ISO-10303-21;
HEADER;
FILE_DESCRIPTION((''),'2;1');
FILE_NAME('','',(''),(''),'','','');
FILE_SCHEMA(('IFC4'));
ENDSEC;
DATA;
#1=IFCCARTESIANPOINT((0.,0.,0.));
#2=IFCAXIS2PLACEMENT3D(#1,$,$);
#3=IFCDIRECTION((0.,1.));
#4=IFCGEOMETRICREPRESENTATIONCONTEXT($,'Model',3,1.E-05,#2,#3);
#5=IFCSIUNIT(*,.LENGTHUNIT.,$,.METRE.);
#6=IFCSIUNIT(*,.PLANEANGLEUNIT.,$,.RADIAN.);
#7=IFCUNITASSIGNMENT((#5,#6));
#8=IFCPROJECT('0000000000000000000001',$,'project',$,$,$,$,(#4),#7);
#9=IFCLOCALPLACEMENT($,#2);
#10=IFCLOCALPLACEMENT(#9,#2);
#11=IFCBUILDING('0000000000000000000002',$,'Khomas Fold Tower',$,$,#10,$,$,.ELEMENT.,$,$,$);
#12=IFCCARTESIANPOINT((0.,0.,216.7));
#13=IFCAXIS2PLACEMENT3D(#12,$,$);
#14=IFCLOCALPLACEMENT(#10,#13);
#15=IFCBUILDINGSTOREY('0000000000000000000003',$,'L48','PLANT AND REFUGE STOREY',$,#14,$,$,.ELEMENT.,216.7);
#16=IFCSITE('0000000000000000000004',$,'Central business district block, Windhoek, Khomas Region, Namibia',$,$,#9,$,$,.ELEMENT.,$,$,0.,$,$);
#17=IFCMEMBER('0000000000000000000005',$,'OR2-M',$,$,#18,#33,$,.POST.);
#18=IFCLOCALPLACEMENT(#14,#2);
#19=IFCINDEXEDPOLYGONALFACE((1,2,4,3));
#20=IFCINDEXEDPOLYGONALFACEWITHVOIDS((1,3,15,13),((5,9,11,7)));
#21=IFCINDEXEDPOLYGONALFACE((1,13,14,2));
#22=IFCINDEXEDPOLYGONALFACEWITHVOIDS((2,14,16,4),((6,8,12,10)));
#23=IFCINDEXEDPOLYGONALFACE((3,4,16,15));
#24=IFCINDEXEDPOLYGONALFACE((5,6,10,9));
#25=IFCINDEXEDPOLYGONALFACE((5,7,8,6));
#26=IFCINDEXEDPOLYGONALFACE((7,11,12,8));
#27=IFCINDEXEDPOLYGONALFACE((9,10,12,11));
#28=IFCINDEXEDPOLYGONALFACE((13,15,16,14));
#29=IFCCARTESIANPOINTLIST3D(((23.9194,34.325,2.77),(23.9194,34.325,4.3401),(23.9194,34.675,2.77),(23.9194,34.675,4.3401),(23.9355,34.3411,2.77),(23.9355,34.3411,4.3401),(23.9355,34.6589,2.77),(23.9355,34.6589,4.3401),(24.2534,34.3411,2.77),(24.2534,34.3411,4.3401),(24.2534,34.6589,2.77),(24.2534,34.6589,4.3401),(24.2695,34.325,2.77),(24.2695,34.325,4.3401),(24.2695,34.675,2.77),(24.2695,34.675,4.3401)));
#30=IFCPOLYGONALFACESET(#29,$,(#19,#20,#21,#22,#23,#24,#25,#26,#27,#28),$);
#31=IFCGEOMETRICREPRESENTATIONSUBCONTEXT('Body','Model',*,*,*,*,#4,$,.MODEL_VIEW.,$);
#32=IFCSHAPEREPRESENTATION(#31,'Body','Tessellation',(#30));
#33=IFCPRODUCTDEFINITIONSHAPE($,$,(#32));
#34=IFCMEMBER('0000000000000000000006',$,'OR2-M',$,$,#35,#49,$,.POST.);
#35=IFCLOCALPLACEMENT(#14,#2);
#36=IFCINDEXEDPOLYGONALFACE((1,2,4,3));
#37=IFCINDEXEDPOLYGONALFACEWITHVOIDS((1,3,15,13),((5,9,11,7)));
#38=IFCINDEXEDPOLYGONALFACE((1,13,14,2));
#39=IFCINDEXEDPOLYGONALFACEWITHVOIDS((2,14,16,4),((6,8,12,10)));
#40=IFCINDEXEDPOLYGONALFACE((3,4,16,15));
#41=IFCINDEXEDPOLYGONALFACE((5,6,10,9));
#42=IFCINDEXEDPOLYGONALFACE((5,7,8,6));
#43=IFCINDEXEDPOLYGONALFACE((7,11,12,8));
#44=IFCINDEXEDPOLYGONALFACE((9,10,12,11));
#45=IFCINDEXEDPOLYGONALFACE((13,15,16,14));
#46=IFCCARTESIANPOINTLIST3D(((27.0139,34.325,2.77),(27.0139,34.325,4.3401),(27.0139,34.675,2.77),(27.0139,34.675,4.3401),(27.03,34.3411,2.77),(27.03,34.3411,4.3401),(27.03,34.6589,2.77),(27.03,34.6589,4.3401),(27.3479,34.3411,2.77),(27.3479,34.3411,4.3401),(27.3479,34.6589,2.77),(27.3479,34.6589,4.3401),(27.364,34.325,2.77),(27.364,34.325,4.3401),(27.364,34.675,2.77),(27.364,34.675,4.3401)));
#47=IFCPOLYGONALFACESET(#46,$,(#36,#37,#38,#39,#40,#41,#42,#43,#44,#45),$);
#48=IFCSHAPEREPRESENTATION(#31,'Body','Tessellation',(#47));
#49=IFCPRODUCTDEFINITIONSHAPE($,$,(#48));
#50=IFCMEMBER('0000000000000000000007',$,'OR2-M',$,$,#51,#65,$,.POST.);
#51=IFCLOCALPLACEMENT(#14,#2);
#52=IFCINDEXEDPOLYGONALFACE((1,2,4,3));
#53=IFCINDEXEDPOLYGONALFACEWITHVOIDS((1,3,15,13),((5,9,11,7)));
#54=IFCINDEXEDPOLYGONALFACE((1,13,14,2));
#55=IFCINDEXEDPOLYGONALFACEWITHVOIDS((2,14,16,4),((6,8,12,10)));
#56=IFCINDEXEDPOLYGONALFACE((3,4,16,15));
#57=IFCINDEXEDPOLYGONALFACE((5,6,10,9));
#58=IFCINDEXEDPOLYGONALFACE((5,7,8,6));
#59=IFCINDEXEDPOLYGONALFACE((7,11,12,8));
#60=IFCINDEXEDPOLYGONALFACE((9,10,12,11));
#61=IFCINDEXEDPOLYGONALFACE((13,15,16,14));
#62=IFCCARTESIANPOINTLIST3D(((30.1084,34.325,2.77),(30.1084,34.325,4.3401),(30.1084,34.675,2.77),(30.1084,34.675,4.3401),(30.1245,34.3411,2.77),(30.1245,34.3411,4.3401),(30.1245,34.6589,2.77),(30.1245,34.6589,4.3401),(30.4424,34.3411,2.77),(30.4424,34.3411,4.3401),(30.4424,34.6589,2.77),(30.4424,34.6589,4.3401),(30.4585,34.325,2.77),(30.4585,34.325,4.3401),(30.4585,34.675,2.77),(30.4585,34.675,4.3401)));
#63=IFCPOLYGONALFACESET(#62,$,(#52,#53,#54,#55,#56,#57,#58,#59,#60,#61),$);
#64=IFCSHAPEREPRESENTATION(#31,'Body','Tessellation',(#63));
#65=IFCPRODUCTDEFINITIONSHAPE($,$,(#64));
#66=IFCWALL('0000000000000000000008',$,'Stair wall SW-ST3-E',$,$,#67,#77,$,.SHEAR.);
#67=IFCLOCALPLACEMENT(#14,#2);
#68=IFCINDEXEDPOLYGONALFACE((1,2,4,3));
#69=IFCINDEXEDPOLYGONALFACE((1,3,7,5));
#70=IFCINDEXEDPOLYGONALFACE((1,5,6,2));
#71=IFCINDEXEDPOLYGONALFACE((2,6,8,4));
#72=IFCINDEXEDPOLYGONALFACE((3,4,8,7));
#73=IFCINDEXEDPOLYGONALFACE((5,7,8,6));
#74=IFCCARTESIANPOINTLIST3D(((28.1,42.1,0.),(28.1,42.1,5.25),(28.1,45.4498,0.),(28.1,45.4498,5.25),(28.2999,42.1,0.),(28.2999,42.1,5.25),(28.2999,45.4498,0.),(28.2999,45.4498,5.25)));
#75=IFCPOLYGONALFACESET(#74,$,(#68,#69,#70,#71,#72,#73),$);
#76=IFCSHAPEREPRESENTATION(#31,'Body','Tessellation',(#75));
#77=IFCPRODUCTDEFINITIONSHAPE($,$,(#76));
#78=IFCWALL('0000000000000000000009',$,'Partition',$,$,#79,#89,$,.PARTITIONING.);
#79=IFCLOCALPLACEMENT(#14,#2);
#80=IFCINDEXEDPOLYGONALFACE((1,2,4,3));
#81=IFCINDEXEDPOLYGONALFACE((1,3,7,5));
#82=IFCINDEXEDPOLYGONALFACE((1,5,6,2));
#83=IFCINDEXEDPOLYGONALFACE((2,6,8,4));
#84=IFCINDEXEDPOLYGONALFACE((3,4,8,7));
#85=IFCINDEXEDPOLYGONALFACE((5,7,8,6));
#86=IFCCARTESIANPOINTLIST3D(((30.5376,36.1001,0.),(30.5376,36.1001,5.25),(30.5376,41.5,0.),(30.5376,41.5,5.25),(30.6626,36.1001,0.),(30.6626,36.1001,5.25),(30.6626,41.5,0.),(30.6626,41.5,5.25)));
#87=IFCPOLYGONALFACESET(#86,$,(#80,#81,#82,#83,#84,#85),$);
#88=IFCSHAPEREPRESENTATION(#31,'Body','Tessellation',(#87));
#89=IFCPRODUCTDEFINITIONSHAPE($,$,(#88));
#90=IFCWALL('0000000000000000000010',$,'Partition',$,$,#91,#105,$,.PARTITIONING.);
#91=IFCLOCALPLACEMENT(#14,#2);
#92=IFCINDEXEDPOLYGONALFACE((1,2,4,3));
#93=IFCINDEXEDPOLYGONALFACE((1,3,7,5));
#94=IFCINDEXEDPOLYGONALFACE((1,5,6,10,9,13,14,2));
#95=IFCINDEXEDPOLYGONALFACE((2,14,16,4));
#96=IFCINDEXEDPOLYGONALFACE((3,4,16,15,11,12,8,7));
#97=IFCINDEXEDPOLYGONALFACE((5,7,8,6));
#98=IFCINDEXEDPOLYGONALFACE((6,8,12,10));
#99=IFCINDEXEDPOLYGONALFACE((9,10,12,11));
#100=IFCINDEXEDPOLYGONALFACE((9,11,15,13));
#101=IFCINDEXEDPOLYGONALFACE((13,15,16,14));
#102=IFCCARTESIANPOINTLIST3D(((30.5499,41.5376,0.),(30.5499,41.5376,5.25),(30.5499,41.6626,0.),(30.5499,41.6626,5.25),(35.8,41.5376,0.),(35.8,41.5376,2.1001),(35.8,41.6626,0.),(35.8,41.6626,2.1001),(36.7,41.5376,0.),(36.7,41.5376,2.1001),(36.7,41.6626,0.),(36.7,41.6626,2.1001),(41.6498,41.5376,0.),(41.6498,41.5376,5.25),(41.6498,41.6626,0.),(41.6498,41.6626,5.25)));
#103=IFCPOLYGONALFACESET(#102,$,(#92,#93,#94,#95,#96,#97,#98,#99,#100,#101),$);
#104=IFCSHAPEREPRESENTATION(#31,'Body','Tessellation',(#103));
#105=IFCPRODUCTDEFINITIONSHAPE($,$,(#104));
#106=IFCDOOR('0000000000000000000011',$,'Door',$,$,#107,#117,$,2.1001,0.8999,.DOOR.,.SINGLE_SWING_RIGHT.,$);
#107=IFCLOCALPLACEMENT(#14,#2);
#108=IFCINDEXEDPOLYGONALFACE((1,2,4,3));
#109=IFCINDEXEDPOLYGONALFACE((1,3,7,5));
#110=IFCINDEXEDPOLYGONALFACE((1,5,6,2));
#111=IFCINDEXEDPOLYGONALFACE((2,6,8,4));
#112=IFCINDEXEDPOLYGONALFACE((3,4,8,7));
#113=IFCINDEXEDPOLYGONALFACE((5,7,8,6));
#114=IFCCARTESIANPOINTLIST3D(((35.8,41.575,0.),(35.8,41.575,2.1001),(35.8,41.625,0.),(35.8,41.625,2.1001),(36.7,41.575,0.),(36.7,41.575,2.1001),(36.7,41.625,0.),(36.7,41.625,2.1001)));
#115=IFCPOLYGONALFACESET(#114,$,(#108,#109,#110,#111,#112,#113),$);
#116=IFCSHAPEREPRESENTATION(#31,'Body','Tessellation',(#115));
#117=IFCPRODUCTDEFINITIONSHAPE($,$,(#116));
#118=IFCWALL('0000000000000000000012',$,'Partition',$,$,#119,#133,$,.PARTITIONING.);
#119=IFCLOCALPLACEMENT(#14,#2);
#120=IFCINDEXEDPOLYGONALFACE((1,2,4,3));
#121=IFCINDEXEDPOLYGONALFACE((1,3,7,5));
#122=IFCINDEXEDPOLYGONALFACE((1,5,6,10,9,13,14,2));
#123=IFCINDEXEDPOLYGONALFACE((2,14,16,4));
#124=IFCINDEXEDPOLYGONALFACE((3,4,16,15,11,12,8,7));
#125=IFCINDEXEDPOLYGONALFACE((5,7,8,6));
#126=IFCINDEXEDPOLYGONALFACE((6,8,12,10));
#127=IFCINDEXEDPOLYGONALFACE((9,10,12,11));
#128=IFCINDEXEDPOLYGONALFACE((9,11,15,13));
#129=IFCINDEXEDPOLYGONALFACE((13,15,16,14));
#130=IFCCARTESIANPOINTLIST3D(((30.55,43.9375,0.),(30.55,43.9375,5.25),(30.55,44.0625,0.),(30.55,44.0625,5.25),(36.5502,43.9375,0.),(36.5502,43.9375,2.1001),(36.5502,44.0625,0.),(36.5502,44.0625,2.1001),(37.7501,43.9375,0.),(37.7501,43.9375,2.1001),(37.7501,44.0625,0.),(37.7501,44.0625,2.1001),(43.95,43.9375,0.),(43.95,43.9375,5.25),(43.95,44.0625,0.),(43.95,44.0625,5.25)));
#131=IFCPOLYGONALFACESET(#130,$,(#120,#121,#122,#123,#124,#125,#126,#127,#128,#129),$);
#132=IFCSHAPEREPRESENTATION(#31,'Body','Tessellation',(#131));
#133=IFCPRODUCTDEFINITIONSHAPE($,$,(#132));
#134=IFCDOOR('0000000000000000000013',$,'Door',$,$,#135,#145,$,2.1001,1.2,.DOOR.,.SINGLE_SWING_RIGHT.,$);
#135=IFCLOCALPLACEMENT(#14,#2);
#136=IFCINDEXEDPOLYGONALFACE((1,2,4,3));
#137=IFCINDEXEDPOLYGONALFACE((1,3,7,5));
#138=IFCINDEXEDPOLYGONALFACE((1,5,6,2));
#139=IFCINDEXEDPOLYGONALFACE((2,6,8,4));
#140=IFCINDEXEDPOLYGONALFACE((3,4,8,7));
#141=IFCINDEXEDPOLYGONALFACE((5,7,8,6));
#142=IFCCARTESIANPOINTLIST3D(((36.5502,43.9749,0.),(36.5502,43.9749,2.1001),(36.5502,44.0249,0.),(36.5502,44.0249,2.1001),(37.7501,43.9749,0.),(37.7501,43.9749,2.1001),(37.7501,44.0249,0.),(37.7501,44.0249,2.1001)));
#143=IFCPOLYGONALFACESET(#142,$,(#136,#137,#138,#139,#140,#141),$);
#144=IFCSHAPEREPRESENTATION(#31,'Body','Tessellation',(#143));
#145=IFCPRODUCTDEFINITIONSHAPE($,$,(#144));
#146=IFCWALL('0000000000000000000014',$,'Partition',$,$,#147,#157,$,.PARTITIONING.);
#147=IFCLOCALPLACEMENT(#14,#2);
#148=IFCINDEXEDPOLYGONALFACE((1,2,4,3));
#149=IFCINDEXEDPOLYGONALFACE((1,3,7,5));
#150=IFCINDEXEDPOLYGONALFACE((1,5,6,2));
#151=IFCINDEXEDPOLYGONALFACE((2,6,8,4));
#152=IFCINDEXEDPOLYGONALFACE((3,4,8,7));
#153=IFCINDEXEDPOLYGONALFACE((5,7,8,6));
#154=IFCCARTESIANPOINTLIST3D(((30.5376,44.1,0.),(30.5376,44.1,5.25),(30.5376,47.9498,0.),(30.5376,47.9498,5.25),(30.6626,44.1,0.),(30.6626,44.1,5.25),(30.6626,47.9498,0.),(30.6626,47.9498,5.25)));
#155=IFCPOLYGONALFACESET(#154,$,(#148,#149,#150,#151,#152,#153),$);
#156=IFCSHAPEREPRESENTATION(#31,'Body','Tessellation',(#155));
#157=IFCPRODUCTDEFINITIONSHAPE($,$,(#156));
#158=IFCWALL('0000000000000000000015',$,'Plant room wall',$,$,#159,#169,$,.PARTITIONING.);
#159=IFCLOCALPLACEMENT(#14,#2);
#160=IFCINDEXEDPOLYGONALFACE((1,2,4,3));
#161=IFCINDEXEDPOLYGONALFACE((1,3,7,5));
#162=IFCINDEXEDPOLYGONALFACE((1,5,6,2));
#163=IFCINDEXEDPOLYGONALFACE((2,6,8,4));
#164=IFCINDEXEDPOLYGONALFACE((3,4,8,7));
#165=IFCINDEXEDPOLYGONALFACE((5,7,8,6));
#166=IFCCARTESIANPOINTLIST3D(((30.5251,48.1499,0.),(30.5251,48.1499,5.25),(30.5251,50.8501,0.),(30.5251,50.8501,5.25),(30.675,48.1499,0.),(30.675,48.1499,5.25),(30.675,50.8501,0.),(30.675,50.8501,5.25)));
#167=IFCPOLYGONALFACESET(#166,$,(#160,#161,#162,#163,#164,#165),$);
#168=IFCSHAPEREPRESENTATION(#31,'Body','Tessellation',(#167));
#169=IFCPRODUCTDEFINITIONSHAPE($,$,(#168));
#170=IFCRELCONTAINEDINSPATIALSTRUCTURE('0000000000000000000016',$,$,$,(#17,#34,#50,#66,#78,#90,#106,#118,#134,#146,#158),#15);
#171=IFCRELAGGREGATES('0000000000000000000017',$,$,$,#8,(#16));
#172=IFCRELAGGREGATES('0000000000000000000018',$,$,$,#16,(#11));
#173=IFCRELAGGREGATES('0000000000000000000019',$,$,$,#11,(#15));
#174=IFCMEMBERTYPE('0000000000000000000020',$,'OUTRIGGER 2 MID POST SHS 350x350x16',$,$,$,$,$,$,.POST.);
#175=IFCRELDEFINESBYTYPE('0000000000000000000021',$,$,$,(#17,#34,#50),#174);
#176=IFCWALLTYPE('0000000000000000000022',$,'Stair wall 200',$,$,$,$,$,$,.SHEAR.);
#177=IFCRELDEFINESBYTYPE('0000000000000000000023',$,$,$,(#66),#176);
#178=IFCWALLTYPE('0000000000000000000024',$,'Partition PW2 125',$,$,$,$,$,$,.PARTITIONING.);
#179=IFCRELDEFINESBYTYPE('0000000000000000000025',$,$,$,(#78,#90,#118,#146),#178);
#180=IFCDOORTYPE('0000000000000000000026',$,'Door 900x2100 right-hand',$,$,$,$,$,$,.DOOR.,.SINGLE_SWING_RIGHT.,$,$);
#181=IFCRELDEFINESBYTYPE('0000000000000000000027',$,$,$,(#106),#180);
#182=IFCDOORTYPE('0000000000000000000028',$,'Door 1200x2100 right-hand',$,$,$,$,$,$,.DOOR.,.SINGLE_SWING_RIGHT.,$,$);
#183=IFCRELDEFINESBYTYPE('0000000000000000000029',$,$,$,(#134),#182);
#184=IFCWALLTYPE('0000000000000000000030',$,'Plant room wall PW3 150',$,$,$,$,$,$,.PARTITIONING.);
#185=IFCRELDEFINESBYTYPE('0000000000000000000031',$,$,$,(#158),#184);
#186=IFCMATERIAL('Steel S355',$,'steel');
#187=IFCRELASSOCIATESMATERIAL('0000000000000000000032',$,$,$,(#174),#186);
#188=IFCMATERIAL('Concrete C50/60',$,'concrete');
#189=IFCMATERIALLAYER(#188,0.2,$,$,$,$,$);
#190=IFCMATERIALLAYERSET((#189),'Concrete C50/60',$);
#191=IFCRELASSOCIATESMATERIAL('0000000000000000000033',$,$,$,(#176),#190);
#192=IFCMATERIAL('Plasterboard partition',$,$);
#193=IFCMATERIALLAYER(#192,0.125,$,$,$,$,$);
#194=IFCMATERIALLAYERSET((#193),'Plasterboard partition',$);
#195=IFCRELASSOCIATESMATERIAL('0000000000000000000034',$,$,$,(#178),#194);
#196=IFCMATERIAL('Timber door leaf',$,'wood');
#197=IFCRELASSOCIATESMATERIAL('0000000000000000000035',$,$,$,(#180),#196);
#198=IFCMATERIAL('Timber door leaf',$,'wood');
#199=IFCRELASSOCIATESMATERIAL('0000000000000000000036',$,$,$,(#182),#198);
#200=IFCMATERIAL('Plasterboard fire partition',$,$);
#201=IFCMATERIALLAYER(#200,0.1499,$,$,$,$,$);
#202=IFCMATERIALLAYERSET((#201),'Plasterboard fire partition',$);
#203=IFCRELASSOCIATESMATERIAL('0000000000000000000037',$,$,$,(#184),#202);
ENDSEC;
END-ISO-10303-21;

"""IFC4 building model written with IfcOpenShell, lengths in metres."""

from ifc_helpers import new_model, si_unit, direction, frame, frame_2d, origin, origin_2d, place, context, subcontext, project, spatial, rectangle, hollow_rectangle, extrude, source, transform, mapped, material, layer, layer_set, material_profile, profile_set, type_object, element, fill, save


model = new_model("IFC4")

# Units and contexts
model_context = context("Model", 3, precision=1e-05, world=origin(), true_north=direction((0.0, 1.0)))
body_context = subcontext(model_context, "Body", "Model", "MODEL_VIEW")
ifc_project = project(units=[si_unit("LENGTHUNIT", "METRE"), si_unit("PLANEANGLEUNIT", "RADIAN")], contexts=[model_context])

# Site, building, storey
site_placement = place(None, origin())
site = spatial("IfcSite", under=ifc_project, at=site_placement, Name="Central business district block, Windhoek, Khomas Region, Namibia", CompositionType="ELEMENT", RefElevation=0.0)
building_placement = place(site_placement, origin())
building = spatial("IfcBuilding", under=site, at=building_placement, Name="Khomas Fold Tower", CompositionType="ELEMENT")
storey_placement = place(building_placement, frame((0.0, 0.0, 216.7)))
storey = spatial("IfcBuildingStorey", under=building, at=storey_placement, Name="L48", Description="PLANT AND REFUGE STOREY", CompositionType="ELEMENT", Elevation=216.7)

# Members
ifc_material_1 = material(Name="Steel S355", Category="steel")
ifc_material_profile_1 = material_profile(ifc_material_1, hollow_rectangle(XDim=0.3501, YDim=0.3501, WallThickness=0.0161, at=origin_2d()), Name="SHS 350x350x16")
ifc_profile_set_1 = profile_set([ifc_material_profile_1], Name="Steel S355")
member_type_1 = type_object("IfcMemberType", Name="OUTRIGGER 2 MID POST SHS 350x350x16", PredefinedType="POST", material=ifc_profile_set_1)
shared_shape_1 = source(origin(), body_context, "Body", "SweptSolid", [
    extrude(hollow_rectangle(XDim=0.3501, YDim=0.3501, WallThickness=0.0161, at=origin_2d()), origin(), (0.0, 0.0, 1.0), 1.5701),
])
for number, where, z_axis, x_axis, name in (
    (1, (24.0945, 34.5, 2.77), (0.0, 0.0, 1.0), (1.0, 0.0, 0.0), "OR2-M"),
    (2, (27.189, 34.5, 2.77), (0.0, 0.0, 1.0), (1.0, 0.0, 0.0), "OR2-M"),
    (3, (30.2834, 34.5, 2.77), (0.0, 0.0, 1.0), (1.0, 0.0, 0.0), "OR2-M"),
):
    element("IfcMember", number, at=place(storey_placement, frame(where, z_axis=z_axis, x_axis=x_axis)), inside=storey, type_object=member_type_1, Name=name, PredefinedType="POST", context=body_context, shape_type="MappedRepresentation", body=[
        mapped(shared_shape_1, transform((0.0, 0.0, 0.0))),
    ])

# Walls
ifc_material_2 = material(Name="Concrete C50/60", Category="concrete")
ifc_layer_1 = layer(ifc_material_2, 0.2)
ifc_layer_set_1 = layer_set([ifc_layer_1], Name="Concrete C50/60")
wall_type_1 = type_object("IfcWallType", Name="Stair wall 200", PredefinedType="SHEAR", material=ifc_layer_set_1)
shared_shape_2 = source(origin(), body_context, "Body", "SweptSolid", [
    extrude(rectangle(XDim=3.3499, YDim=0.2, at=frame_2d((1.6748, 0.0))), origin(), (0.0, 0.0, 1.0), 5.25),
])
wall_1_placement = place(storey_placement, frame((28.2, 42.1001, 0.0), z_axis=(0.0, 0.0, 1.0), x_axis=(0.0, 1.0, 0.0)))
element("IfcWall", 4, at=wall_1_placement, inside=storey, type_object=wall_type_1, Name="Stair wall SW-ST3-E", PredefinedType="SHEAR", context=body_context, shape_type="MappedRepresentation", body=[
    mapped(shared_shape_2, transform((0.0, 0.0, 0.0))),
])
ifc_material_3 = material(Name="Plasterboard partition")
ifc_layer_2 = layer(ifc_material_3, 0.125)
ifc_layer_set_2 = layer_set([ifc_layer_2], Name="Plasterboard partition")
wall_type_2 = type_object("IfcWallType", Name="Partition PW2 125", PredefinedType="PARTITIONING", material=ifc_layer_set_2)
shared_shape_3 = source(origin(), body_context, "Body", "SweptSolid", [
    extrude(rectangle(XDim=5.3999, YDim=0.125, at=frame_2d((2.7, 0.0))), origin(), (0.0, 0.0, 1.0), 5.25),
])
wall_2_placement = place(storey_placement, frame((30.6001, 36.1001, 0.0), z_axis=(0.0, 0.0, 1.0), x_axis=(0.0, 1.0, 0.0)))
element("IfcWall", 5, at=wall_2_placement, inside=storey, type_object=wall_type_2, Name="Partition", PredefinedType="PARTITIONING", context=body_context, shape_type="MappedRepresentation", body=[
    mapped(shared_shape_3, transform((0.0, 0.0, 0.0))),
])

# Walls, openings, doors
shared_shape_4 = source(origin(), body_context, "Body", "SweptSolid", [
    extrude(rectangle(XDim=11.0999, YDim=0.125, at=frame_2d((5.5498, 0.0))), origin(), (0.0, 0.0, 1.0), 5.25),
])
wall_3_placement = place(storey_placement, frame((30.55, 41.6001, 0.0), z_axis=(0.0, 0.0, 1.0), x_axis=(1.0, 0.0, 0.0)))
wall_3 = element("IfcWall", 6, at=wall_3_placement, inside=storey, type_object=wall_type_2, Name="Partition", PredefinedType="PARTITIONING", context=body_context, shape_type="MappedRepresentation", body=[
    mapped(shared_shape_4, transform((0.0, 0.0, 0.0))),
])
shared_shape_5 = source(origin(), body_context, "Body", "SweptSolid", [
    extrude(rectangle(XDim=0.8999, YDim=2.1001, at=frame_2d((0.45, 1.05))), frame((0.0, 0.0725, 0.0), z_axis=(0.0, -1.0, 0.0), x_axis=(1.0, 0.0, 0.0)), (0.0, 0.0, 1.0), 0.145),
])
opening_1_placement = place(wall_3_placement, frame((5.25, 0.0, 0.0)))
opening_1 = element("IfcOpeningElement", 7, at=opening_1_placement, cuts=wall_3, PredefinedType="OPENING", context=body_context, shape_type="MappedRepresentation", body=[
    mapped(shared_shape_5, transform((0.0, 0.0, 0.0))),
])
ifc_material_4 = material(Name="Timber door leaf", Category="wood")
door_type_1 = type_object("IfcDoorType", Name="Door 900x2100 right-hand", OperationType="SINGLE_SWING_RIGHT", PredefinedType="DOOR", material=ifc_material_4)
shared_shape_6 = source(origin(), body_context, "Body", "SweptSolid", [
    extrude(rectangle(XDim=0.8999, YDim=2.1001, at=frame_2d((0.45, 1.05))), frame((0.0, 0.0249, 0.0), z_axis=(0.0, -1.0, 0.0), x_axis=(1.0, 0.0, 0.0)), (0.0, 0.0, 1.0), 0.05),
])
door_1_placement = place(opening_1_placement, origin())
door_1 = element("IfcDoor", 8, at=door_1_placement, inside=storey, type_object=door_type_1, Name="Door", OperationType="SINGLE_SWING_RIGHT", OverallHeight=2.1001, OverallWidth=0.8999, PredefinedType="DOOR", context=body_context, shape_type="MappedRepresentation", body=[
    mapped(shared_shape_6, transform((0.0, 0.0, 0.0))),
])
fill(opening_1, door_1)
shared_shape_7 = source(origin(), body_context, "Body", "SweptSolid", [
    extrude(rectangle(XDim=13.3999, YDim=0.125, at=frame_2d((6.7, 0.0))), origin(), (0.0, 0.0, 1.0), 5.25),
])
wall_4_placement = place(storey_placement, frame((30.55, 44.0, 0.0), z_axis=(0.0, 0.0, 1.0), x_axis=(1.0, 0.0, 0.0)))
wall_4 = element("IfcWall", 9, at=wall_4_placement, inside=storey, type_object=wall_type_2, Name="Partition", PredefinedType="PARTITIONING", context=body_context, shape_type="MappedRepresentation", body=[
    mapped(shared_shape_7, transform((0.0, 0.0, 0.0))),
])
shared_shape_8 = source(origin(), body_context, "Body", "SweptSolid", [
    extrude(rectangle(XDim=1.2, YDim=2.1001, at=frame_2d((0.6001, 1.05))), frame((0.0, 0.0725, 0.0), z_axis=(0.0, -1.0, 0.0), x_axis=(1.0, 0.0, 0.0)), (0.0, 0.0, 1.0), 0.145),
])
opening_2_placement = place(wall_4_placement, frame((6.0, 0.0, 0.0)))
opening_2 = element("IfcOpeningElement", 10, at=opening_2_placement, cuts=wall_4, PredefinedType="OPENING", context=body_context, shape_type="MappedRepresentation", body=[
    mapped(shared_shape_8, transform((0.0, 0.0, 0.0))),
])
ifc_material_5 = material(Name="Timber door leaf", Category="wood")
door_type_2 = type_object("IfcDoorType", Name="Door 1200x2100 right-hand", OperationType="SINGLE_SWING_RIGHT", PredefinedType="DOOR", material=ifc_material_5)
shared_shape_9 = source(origin(), body_context, "Body", "SweptSolid", [
    extrude(rectangle(XDim=1.2, YDim=2.1001, at=frame_2d((0.6001, 1.05))), frame((0.0, 0.0249, 0.0), z_axis=(0.0, -1.0, 0.0), x_axis=(1.0, 0.0, 0.0)), (0.0, 0.0, 1.0), 0.05),
])
door_2_placement = place(opening_2_placement, origin())
door_2 = element("IfcDoor", 11, at=door_2_placement, inside=storey, type_object=door_type_2, Name="Door", OperationType="SINGLE_SWING_RIGHT", OverallHeight=2.1001, OverallWidth=1.2, PredefinedType="DOOR", context=body_context, shape_type="MappedRepresentation", body=[
    mapped(shared_shape_9, transform((0.0, 0.0, 0.0))),
])
fill(opening_2, door_2)

# Walls
shared_shape_10 = source(origin(), body_context, "Body", "SweptSolid", [
    extrude(rectangle(XDim=3.8499, YDim=0.125, at=frame_2d((1.9248, 0.0))), origin(), (0.0, 0.0, 1.0), 5.25),
])
wall_5_placement = place(storey_placement, frame((30.6001, 44.1001, 0.0), z_axis=(0.0, 0.0, 1.0), x_axis=(0.0, 1.0, 0.0)))
element("IfcWall", 12, at=wall_5_placement, inside=storey, type_object=wall_type_2, Name="Partition", PredefinedType="PARTITIONING", context=body_context, shape_type="MappedRepresentation", body=[
    mapped(shared_shape_10, transform((0.0, 0.0, 0.0))),
])
ifc_material_6 = material(Name="Plasterboard fire partition")
ifc_layer_3 = layer(ifc_material_6, 0.1499)
ifc_layer_set_3 = layer_set([ifc_layer_3], Name="Plasterboard fire partition")
wall_type_3 = type_object("IfcWallType", Name="Plant room wall PW3 150", PredefinedType="PARTITIONING", material=ifc_layer_set_3)
shared_shape_11 = source(origin(), body_context, "Body", "SweptSolid", [
    extrude(rectangle(XDim=2.7002, YDim=0.1499, at=frame_2d((1.3501, 0.0))), origin(), (0.0, 0.0, 1.0), 5.25),
])
wall_6_placement = place(storey_placement, frame((30.6001, 48.1499, 0.0), z_axis=(0.0, 0.0, 1.0), x_axis=(0.0, 1.0, 0.0)))
element("IfcWall", 13, at=wall_6_placement, inside=storey, type_object=wall_type_3, Name="Plant room wall", PredefinedType="PARTITIONING", context=body_context, shape_type="MappedRepresentation", body=[
    mapped(shared_shape_11, transform((0.0, 0.0, 0.0))),
])

save(model, "model.ifc")
